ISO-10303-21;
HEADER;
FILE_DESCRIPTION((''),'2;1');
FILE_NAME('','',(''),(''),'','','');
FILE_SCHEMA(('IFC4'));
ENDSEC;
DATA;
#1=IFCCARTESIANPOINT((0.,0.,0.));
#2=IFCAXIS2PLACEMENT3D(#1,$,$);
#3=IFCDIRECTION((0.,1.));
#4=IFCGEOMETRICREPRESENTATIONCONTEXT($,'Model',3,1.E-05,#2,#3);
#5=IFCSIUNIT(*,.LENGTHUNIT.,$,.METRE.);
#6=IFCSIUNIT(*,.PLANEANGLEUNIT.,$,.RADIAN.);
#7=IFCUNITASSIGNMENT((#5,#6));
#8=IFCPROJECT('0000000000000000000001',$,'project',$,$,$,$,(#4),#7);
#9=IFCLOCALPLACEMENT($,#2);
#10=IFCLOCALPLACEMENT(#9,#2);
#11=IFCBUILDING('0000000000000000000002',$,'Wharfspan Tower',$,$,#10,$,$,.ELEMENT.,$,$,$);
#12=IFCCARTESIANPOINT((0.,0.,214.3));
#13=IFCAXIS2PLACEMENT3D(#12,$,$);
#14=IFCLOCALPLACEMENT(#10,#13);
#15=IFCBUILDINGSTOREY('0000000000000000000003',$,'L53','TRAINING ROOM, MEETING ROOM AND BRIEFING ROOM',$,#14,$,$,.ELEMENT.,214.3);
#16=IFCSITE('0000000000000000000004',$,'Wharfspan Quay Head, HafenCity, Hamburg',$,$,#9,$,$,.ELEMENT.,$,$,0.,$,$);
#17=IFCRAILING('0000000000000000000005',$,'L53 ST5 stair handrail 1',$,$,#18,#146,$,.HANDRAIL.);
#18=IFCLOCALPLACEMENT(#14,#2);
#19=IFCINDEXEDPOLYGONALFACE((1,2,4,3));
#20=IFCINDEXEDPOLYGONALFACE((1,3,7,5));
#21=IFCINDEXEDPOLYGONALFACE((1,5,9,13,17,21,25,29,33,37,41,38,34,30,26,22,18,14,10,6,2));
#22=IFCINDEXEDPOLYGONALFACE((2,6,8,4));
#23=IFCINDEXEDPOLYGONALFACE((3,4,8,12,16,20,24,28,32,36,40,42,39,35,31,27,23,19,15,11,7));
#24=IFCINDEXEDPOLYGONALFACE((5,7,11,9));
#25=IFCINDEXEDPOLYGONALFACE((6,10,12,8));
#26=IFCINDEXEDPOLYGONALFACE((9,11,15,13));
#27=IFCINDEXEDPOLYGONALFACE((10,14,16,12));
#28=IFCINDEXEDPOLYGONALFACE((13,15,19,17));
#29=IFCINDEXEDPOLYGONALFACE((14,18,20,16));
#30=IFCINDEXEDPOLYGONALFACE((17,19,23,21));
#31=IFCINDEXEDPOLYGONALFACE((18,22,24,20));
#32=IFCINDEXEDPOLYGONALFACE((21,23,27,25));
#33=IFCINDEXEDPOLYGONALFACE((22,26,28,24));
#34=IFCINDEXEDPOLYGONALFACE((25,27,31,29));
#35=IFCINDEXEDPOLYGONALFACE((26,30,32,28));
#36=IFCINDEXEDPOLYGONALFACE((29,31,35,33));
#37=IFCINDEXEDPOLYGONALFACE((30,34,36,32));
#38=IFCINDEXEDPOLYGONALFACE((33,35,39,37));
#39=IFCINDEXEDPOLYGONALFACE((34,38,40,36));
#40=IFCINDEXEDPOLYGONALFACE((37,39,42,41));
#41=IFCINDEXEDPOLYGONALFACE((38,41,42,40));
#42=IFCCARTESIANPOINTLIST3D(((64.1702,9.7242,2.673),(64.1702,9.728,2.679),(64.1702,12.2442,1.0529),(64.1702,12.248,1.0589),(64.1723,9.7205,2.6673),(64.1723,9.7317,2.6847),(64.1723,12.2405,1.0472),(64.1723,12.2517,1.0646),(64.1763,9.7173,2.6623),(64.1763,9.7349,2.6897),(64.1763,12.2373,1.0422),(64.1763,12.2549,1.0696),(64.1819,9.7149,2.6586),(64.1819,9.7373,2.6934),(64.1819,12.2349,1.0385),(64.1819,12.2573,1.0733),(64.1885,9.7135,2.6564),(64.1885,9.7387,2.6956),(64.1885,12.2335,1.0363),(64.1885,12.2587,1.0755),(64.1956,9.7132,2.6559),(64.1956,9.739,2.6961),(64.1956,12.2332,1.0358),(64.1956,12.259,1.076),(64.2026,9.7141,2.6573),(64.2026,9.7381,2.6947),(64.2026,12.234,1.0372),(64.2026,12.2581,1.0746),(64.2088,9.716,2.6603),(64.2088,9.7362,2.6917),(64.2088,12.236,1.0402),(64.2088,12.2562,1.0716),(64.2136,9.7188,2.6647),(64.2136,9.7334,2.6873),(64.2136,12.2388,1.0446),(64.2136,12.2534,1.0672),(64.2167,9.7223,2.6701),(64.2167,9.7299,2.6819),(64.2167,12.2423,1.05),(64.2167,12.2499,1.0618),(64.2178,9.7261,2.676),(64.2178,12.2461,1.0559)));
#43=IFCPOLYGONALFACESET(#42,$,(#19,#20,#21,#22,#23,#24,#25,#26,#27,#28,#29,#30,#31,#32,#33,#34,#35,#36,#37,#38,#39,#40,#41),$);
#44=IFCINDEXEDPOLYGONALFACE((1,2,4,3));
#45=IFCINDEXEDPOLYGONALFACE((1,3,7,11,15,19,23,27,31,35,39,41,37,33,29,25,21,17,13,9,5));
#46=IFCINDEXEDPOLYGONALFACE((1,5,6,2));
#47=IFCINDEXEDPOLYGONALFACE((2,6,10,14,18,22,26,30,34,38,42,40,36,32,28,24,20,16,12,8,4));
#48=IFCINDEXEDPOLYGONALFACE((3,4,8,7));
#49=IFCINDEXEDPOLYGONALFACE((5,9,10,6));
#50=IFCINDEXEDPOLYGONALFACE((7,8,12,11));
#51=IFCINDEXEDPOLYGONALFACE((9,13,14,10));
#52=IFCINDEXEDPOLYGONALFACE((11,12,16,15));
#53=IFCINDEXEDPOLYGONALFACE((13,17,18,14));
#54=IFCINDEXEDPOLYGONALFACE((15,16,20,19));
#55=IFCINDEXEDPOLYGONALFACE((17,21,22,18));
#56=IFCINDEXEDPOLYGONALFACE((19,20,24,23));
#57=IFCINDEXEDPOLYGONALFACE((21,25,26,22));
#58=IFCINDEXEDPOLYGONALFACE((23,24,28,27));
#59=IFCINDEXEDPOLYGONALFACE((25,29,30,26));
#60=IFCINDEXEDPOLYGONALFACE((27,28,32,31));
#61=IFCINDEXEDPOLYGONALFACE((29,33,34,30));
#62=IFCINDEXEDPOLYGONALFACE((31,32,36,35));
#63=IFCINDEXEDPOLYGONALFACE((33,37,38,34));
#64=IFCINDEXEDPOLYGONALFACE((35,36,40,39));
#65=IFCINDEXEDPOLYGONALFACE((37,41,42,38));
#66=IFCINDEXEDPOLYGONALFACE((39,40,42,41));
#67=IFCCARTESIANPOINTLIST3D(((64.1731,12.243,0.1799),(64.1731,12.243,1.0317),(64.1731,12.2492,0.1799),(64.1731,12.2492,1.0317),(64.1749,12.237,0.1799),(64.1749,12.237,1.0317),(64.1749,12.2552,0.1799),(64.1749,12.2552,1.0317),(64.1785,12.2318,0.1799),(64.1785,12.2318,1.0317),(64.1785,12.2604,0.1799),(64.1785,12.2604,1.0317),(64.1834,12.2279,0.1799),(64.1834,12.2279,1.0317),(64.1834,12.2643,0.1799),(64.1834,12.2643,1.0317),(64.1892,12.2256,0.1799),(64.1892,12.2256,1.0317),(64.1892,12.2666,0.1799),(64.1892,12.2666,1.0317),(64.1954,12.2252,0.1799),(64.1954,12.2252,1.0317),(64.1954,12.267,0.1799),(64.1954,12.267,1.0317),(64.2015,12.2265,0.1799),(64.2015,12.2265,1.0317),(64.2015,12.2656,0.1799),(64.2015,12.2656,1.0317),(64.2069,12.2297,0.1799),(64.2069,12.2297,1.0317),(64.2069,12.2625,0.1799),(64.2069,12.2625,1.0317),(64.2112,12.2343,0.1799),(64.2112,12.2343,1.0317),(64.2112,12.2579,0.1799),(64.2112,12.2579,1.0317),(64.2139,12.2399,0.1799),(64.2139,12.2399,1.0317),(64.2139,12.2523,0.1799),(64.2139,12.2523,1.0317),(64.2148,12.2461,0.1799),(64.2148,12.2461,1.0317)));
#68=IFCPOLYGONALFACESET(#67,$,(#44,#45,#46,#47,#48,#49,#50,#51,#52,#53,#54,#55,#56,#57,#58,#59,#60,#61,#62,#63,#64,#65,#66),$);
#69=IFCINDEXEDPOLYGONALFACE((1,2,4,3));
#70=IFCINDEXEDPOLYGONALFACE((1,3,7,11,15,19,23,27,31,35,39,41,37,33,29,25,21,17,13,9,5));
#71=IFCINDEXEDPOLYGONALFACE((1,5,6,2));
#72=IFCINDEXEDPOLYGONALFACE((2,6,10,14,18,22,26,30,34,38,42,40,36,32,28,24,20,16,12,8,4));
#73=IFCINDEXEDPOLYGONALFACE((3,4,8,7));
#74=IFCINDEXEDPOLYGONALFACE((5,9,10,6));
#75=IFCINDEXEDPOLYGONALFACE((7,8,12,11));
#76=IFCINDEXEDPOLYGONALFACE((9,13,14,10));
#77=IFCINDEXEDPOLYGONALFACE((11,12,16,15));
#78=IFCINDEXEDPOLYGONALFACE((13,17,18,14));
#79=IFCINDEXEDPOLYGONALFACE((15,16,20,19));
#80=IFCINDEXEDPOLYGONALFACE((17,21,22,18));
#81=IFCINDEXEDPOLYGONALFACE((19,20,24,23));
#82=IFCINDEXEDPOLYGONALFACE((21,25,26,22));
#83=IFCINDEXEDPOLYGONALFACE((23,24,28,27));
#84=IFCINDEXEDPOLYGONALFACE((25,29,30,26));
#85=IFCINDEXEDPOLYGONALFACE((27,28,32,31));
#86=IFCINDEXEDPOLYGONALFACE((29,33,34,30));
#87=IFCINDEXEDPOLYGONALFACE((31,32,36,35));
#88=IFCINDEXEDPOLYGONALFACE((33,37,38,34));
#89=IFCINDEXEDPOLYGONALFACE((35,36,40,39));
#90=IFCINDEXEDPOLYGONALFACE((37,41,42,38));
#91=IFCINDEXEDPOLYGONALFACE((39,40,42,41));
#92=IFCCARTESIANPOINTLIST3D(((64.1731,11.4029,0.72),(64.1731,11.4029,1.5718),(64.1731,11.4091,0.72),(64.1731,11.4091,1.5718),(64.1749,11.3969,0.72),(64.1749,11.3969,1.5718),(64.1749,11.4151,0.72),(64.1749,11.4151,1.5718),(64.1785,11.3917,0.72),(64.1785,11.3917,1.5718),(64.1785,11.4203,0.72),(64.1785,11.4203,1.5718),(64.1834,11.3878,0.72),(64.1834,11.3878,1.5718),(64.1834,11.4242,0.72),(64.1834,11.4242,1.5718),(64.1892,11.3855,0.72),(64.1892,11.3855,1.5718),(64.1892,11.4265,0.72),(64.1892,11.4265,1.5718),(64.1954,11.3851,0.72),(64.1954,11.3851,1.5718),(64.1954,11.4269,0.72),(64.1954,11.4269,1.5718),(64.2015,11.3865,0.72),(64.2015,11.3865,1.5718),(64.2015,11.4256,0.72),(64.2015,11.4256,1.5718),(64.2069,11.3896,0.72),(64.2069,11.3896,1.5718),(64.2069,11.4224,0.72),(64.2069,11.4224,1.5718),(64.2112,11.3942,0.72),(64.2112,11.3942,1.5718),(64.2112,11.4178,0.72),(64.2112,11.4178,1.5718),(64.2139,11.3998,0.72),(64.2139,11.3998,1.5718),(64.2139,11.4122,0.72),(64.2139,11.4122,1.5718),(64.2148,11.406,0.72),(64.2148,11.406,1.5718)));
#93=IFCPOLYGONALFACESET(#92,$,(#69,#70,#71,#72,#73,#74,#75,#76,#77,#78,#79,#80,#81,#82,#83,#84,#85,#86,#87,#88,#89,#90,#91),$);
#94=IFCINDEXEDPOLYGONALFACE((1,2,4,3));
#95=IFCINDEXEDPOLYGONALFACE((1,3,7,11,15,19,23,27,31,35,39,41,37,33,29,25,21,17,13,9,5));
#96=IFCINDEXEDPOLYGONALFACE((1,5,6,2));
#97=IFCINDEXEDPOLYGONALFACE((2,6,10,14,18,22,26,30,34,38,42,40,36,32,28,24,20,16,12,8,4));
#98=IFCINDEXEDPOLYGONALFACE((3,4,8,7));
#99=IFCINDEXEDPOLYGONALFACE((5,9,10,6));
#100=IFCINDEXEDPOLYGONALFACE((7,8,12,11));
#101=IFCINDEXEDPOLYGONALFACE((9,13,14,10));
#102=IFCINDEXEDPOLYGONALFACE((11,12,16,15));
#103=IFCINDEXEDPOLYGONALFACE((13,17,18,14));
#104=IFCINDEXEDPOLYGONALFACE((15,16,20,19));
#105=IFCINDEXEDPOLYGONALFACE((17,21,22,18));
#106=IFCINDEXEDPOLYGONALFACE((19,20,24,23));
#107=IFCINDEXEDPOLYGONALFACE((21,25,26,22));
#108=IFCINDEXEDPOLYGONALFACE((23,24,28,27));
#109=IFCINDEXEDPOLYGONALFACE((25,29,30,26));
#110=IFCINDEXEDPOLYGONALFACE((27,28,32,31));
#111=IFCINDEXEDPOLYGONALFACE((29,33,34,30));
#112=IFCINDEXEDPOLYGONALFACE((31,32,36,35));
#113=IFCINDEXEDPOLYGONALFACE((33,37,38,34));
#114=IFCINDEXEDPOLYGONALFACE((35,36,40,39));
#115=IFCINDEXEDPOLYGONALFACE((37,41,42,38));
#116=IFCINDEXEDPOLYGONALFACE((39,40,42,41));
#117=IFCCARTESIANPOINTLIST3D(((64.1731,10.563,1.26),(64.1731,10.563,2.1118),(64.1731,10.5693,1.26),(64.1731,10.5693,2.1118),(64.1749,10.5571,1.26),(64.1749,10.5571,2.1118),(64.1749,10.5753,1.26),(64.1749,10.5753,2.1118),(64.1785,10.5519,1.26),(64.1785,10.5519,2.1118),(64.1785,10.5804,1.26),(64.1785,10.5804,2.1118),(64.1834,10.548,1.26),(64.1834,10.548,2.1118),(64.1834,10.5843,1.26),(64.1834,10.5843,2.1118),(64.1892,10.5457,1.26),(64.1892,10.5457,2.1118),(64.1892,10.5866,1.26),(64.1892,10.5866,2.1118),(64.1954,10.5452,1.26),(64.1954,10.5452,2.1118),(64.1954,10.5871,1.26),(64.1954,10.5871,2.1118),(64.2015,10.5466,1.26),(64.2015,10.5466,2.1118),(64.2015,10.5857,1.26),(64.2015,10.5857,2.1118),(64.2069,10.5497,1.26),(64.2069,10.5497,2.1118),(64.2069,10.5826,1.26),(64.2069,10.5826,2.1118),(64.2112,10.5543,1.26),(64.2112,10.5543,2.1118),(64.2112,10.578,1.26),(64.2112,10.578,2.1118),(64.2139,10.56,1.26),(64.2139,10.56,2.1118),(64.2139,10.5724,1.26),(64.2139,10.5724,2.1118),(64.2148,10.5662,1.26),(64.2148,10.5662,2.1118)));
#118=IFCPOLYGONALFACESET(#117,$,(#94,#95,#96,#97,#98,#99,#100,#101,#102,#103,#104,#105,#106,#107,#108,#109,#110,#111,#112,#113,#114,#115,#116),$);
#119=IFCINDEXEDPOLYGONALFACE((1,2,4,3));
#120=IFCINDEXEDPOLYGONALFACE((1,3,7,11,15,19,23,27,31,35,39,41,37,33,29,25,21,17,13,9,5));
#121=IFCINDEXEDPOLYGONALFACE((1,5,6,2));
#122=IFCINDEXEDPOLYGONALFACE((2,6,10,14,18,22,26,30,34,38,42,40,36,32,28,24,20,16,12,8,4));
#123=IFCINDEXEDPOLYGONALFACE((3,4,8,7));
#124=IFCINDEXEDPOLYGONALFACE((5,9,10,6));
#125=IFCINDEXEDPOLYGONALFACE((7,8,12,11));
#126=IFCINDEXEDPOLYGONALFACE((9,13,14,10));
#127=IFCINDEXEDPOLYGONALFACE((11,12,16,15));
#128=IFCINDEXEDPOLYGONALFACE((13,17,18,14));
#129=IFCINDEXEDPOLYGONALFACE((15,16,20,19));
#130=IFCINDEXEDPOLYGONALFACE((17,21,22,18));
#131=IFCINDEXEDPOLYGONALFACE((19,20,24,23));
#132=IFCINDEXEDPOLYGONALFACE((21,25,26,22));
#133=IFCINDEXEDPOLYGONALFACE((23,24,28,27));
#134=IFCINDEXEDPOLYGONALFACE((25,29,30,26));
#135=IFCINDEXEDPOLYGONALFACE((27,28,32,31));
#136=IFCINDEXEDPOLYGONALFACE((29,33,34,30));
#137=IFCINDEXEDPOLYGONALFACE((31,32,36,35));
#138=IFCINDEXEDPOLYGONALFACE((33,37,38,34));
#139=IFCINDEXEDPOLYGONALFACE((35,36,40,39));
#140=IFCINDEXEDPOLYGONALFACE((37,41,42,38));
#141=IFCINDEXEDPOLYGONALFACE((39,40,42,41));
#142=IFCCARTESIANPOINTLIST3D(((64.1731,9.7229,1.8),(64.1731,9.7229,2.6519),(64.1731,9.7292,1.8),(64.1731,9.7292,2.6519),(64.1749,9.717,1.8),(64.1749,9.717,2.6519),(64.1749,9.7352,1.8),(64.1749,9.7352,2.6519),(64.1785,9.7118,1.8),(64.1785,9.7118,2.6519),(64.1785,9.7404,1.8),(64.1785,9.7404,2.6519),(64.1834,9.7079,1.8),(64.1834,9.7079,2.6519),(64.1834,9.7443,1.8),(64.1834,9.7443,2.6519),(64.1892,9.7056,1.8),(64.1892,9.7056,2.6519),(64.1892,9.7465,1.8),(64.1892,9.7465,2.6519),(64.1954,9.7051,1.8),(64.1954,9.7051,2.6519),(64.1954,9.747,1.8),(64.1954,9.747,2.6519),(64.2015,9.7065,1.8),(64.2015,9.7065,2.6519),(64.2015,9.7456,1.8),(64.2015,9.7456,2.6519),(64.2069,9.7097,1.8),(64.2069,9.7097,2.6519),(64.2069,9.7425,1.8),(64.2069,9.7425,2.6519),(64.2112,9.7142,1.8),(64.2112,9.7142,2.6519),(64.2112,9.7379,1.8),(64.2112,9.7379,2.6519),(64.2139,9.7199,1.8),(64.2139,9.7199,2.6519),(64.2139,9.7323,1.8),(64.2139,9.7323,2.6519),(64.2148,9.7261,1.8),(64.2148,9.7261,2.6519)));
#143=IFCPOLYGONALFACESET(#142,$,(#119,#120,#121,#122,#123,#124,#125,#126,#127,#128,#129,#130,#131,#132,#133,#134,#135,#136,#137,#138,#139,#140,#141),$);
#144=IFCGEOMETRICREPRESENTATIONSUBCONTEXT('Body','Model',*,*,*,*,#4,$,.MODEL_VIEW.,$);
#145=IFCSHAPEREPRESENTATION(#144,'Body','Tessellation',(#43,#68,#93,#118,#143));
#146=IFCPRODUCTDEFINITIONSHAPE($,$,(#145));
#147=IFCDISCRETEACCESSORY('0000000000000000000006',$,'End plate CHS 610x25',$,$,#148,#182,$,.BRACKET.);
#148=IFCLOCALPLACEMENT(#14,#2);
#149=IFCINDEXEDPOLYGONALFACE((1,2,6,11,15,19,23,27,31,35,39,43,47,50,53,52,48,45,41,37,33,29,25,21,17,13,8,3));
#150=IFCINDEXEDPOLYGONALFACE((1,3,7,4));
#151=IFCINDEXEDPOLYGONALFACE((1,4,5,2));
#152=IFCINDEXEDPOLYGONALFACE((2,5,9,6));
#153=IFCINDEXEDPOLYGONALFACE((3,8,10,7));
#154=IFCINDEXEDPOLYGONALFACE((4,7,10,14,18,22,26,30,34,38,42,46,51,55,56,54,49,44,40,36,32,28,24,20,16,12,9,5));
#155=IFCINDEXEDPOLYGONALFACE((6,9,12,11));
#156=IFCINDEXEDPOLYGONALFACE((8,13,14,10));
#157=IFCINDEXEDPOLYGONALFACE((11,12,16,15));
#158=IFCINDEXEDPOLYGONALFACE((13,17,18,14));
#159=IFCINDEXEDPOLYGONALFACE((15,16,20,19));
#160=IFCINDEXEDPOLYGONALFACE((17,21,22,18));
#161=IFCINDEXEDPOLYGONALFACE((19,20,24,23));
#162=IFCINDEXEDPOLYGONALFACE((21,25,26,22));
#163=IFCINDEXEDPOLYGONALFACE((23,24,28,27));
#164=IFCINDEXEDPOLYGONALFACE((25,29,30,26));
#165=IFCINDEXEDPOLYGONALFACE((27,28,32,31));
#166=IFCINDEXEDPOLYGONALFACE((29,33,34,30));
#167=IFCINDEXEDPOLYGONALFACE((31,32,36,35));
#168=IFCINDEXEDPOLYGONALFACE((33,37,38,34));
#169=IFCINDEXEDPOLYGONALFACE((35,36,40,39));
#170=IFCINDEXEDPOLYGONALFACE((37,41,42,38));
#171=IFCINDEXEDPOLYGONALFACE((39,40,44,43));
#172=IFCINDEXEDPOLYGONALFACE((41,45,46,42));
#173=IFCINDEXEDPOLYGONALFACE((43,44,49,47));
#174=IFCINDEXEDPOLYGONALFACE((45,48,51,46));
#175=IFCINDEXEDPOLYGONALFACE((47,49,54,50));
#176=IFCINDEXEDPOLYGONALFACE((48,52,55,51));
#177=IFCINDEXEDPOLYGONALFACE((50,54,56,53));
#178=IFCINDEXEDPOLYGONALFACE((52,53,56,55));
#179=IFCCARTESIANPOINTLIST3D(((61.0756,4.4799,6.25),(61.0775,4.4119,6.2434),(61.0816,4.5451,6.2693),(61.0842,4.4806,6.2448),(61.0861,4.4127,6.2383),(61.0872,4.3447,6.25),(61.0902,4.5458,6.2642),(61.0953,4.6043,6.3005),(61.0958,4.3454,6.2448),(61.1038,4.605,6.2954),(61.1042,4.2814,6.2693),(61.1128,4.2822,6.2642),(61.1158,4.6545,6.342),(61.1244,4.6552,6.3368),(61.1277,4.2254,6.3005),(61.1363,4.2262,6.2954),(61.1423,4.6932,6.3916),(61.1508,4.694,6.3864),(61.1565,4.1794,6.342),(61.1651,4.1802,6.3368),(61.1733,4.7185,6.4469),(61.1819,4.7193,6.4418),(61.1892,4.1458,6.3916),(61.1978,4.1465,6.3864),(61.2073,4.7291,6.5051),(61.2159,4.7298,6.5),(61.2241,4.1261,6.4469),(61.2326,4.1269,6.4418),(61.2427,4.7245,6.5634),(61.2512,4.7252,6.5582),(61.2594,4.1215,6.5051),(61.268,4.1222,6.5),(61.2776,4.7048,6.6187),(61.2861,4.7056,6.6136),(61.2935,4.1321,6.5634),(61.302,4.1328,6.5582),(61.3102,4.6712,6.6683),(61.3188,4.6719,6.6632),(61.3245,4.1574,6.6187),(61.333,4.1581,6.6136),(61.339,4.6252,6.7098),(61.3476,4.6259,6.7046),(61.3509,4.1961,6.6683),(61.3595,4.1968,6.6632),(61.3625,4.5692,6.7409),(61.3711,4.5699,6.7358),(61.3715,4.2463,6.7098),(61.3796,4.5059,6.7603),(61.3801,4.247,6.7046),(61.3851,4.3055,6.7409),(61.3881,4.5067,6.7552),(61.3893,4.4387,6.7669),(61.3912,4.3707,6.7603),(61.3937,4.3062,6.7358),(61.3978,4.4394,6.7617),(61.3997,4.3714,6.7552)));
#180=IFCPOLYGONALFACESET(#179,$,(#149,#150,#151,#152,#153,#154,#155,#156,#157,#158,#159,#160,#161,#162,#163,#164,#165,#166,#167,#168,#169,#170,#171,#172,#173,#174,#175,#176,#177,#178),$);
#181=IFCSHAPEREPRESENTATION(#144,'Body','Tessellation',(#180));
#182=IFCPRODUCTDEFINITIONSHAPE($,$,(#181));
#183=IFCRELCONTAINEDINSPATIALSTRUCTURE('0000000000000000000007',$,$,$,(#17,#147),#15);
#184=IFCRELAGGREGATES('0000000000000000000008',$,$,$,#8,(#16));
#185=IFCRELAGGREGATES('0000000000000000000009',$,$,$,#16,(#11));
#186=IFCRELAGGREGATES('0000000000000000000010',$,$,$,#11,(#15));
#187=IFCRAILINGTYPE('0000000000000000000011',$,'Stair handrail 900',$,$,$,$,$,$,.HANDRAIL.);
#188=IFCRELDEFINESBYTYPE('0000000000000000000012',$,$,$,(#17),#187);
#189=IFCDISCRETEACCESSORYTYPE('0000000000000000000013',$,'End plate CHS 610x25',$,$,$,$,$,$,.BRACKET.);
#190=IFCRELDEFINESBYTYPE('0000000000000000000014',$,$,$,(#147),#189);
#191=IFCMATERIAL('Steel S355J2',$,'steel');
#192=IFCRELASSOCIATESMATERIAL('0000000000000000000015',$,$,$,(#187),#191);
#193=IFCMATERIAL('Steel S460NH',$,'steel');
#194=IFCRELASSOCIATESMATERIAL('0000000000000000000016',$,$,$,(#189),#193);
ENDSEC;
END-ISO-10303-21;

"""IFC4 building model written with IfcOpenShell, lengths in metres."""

from ifc_helpers import new_model, si_unit, direction, frame, origin, origin_2d, place, context, subcontext, project, spatial, circle, extrude, material, material_profile, profile_set, type_object, element, save


model = new_model("IFC4")

# Units and contexts
model_context = context("Model", 3, precision=1e-05, world=origin(), true_north=direction((0.0, 1.0)))
body_context = subcontext(model_context, "Body", "Model", "MODEL_VIEW")
ifc_project = project(units=[si_unit("LENGTHUNIT", "METRE"), si_unit("PLANEANGLEUNIT", "RADIAN")], contexts=[model_context])

# Site, building, storey
site_placement = place(None, origin())
site = spatial("IfcSite", under=ifc_project, at=site_placement, Name="Wharfspan Quay Head, HafenCity, Hamburg", CompositionType="ELEMENT", RefElevation=0.0)
building_placement = place(site_placement, origin())
building = spatial("IfcBuilding", under=site, at=building_placement, Name="Wharfspan Tower", CompositionType="ELEMENT")
storey_placement = place(building_placement, frame((0.0, 0.0, 214.3)))
storey = spatial("IfcBuildingStorey", under=building, at=storey_placement, Name="L53", Description="TRAINING ROOM, MEETING ROOM AND BRIEFING ROOM", CompositionType="ELEMENT", Elevation=214.3)

# Shared definitions
ifc_material_1 = material(Name="Steel S355J2", Category="steel")

# Railing
railing_type = type_object("IfcRailingType", Name="Stair handrail 900", PredefinedType="HANDRAIL", material=ifc_material_1)
railing_placement = place(storey_placement, frame((64.1938, 12.2461, 0.1799)))
element("IfcRailing", 1, at=railing_placement, inside=storey, type_object=railing_type, Name="L53 ST5 stair handrail 1", PredefinedType="HANDRAIL", context=body_context, shape_type="SweptSolid", body=[
    extrude(circle(Radius=0.0239, at=origin_2d()), frame((0.0, 0.0, 0.876), z_axis=(0.0, -0.841163, 0.540782), x_axis=(1.0, 0.0, 0.0)), (0.0, 0.0, 1.0), 2.9958),
    extrude(circle(Radius=0.021, at=origin_2d()), origin(), (0.0, 0.0, 1.0), 0.8518),
    extrude(circle(Radius=0.021, at=origin_2d()), frame((0.0, -0.8401, 0.54)), (0.0, 0.0, 1.0), 0.8518),
    extrude(circle(Radius=0.021, at=origin_2d()), frame((0.0, -1.6799, 1.0801)), (0.0, 0.0, 1.0), 0.8518),
    extrude(circle(Radius=0.021, at=origin_2d()), frame((0.0, -2.52, 1.6201)), (0.0, 0.0, 1.0), 0.8518),
])

# Discrete accessory
ifc_material_2 = material(Name="Steel S460NH", Category="steel")
ifc_material_profile_1 = material_profile(ifc_material_2, circle(Radius=0.3049, at=origin_2d()))
ifc_profile_set_1 = profile_set([ifc_material_profile_1], Name="Steel S460NH")
discrete_accessory_type = type_object("IfcDiscreteAccessoryType", Name="End plate CHS 610x25", PredefinedType="BRACKET", material=ifc_profile_set_1)
discrete_accessory_placement = place(storey_placement, frame((61.2419, 4.426, 6.5), z_axis=(-0.855186, -0.073302, 0.513112), x_axis=(0.085402, -0.996345, 0.000001)))
element("IfcDiscreteAccessory", 2, at=discrete_accessory_placement, inside=storey, type_object=discrete_accessory_type, Name="End plate CHS 610x25", PredefinedType="BRACKET", context=body_context, shape_type="SweptSolid", body=[
    extrude(circle(Radius=0.3049, at=origin_2d()), origin(), (0.0, 0.0, 1.0), 0.01),
])

save(model, "model.ifc")
